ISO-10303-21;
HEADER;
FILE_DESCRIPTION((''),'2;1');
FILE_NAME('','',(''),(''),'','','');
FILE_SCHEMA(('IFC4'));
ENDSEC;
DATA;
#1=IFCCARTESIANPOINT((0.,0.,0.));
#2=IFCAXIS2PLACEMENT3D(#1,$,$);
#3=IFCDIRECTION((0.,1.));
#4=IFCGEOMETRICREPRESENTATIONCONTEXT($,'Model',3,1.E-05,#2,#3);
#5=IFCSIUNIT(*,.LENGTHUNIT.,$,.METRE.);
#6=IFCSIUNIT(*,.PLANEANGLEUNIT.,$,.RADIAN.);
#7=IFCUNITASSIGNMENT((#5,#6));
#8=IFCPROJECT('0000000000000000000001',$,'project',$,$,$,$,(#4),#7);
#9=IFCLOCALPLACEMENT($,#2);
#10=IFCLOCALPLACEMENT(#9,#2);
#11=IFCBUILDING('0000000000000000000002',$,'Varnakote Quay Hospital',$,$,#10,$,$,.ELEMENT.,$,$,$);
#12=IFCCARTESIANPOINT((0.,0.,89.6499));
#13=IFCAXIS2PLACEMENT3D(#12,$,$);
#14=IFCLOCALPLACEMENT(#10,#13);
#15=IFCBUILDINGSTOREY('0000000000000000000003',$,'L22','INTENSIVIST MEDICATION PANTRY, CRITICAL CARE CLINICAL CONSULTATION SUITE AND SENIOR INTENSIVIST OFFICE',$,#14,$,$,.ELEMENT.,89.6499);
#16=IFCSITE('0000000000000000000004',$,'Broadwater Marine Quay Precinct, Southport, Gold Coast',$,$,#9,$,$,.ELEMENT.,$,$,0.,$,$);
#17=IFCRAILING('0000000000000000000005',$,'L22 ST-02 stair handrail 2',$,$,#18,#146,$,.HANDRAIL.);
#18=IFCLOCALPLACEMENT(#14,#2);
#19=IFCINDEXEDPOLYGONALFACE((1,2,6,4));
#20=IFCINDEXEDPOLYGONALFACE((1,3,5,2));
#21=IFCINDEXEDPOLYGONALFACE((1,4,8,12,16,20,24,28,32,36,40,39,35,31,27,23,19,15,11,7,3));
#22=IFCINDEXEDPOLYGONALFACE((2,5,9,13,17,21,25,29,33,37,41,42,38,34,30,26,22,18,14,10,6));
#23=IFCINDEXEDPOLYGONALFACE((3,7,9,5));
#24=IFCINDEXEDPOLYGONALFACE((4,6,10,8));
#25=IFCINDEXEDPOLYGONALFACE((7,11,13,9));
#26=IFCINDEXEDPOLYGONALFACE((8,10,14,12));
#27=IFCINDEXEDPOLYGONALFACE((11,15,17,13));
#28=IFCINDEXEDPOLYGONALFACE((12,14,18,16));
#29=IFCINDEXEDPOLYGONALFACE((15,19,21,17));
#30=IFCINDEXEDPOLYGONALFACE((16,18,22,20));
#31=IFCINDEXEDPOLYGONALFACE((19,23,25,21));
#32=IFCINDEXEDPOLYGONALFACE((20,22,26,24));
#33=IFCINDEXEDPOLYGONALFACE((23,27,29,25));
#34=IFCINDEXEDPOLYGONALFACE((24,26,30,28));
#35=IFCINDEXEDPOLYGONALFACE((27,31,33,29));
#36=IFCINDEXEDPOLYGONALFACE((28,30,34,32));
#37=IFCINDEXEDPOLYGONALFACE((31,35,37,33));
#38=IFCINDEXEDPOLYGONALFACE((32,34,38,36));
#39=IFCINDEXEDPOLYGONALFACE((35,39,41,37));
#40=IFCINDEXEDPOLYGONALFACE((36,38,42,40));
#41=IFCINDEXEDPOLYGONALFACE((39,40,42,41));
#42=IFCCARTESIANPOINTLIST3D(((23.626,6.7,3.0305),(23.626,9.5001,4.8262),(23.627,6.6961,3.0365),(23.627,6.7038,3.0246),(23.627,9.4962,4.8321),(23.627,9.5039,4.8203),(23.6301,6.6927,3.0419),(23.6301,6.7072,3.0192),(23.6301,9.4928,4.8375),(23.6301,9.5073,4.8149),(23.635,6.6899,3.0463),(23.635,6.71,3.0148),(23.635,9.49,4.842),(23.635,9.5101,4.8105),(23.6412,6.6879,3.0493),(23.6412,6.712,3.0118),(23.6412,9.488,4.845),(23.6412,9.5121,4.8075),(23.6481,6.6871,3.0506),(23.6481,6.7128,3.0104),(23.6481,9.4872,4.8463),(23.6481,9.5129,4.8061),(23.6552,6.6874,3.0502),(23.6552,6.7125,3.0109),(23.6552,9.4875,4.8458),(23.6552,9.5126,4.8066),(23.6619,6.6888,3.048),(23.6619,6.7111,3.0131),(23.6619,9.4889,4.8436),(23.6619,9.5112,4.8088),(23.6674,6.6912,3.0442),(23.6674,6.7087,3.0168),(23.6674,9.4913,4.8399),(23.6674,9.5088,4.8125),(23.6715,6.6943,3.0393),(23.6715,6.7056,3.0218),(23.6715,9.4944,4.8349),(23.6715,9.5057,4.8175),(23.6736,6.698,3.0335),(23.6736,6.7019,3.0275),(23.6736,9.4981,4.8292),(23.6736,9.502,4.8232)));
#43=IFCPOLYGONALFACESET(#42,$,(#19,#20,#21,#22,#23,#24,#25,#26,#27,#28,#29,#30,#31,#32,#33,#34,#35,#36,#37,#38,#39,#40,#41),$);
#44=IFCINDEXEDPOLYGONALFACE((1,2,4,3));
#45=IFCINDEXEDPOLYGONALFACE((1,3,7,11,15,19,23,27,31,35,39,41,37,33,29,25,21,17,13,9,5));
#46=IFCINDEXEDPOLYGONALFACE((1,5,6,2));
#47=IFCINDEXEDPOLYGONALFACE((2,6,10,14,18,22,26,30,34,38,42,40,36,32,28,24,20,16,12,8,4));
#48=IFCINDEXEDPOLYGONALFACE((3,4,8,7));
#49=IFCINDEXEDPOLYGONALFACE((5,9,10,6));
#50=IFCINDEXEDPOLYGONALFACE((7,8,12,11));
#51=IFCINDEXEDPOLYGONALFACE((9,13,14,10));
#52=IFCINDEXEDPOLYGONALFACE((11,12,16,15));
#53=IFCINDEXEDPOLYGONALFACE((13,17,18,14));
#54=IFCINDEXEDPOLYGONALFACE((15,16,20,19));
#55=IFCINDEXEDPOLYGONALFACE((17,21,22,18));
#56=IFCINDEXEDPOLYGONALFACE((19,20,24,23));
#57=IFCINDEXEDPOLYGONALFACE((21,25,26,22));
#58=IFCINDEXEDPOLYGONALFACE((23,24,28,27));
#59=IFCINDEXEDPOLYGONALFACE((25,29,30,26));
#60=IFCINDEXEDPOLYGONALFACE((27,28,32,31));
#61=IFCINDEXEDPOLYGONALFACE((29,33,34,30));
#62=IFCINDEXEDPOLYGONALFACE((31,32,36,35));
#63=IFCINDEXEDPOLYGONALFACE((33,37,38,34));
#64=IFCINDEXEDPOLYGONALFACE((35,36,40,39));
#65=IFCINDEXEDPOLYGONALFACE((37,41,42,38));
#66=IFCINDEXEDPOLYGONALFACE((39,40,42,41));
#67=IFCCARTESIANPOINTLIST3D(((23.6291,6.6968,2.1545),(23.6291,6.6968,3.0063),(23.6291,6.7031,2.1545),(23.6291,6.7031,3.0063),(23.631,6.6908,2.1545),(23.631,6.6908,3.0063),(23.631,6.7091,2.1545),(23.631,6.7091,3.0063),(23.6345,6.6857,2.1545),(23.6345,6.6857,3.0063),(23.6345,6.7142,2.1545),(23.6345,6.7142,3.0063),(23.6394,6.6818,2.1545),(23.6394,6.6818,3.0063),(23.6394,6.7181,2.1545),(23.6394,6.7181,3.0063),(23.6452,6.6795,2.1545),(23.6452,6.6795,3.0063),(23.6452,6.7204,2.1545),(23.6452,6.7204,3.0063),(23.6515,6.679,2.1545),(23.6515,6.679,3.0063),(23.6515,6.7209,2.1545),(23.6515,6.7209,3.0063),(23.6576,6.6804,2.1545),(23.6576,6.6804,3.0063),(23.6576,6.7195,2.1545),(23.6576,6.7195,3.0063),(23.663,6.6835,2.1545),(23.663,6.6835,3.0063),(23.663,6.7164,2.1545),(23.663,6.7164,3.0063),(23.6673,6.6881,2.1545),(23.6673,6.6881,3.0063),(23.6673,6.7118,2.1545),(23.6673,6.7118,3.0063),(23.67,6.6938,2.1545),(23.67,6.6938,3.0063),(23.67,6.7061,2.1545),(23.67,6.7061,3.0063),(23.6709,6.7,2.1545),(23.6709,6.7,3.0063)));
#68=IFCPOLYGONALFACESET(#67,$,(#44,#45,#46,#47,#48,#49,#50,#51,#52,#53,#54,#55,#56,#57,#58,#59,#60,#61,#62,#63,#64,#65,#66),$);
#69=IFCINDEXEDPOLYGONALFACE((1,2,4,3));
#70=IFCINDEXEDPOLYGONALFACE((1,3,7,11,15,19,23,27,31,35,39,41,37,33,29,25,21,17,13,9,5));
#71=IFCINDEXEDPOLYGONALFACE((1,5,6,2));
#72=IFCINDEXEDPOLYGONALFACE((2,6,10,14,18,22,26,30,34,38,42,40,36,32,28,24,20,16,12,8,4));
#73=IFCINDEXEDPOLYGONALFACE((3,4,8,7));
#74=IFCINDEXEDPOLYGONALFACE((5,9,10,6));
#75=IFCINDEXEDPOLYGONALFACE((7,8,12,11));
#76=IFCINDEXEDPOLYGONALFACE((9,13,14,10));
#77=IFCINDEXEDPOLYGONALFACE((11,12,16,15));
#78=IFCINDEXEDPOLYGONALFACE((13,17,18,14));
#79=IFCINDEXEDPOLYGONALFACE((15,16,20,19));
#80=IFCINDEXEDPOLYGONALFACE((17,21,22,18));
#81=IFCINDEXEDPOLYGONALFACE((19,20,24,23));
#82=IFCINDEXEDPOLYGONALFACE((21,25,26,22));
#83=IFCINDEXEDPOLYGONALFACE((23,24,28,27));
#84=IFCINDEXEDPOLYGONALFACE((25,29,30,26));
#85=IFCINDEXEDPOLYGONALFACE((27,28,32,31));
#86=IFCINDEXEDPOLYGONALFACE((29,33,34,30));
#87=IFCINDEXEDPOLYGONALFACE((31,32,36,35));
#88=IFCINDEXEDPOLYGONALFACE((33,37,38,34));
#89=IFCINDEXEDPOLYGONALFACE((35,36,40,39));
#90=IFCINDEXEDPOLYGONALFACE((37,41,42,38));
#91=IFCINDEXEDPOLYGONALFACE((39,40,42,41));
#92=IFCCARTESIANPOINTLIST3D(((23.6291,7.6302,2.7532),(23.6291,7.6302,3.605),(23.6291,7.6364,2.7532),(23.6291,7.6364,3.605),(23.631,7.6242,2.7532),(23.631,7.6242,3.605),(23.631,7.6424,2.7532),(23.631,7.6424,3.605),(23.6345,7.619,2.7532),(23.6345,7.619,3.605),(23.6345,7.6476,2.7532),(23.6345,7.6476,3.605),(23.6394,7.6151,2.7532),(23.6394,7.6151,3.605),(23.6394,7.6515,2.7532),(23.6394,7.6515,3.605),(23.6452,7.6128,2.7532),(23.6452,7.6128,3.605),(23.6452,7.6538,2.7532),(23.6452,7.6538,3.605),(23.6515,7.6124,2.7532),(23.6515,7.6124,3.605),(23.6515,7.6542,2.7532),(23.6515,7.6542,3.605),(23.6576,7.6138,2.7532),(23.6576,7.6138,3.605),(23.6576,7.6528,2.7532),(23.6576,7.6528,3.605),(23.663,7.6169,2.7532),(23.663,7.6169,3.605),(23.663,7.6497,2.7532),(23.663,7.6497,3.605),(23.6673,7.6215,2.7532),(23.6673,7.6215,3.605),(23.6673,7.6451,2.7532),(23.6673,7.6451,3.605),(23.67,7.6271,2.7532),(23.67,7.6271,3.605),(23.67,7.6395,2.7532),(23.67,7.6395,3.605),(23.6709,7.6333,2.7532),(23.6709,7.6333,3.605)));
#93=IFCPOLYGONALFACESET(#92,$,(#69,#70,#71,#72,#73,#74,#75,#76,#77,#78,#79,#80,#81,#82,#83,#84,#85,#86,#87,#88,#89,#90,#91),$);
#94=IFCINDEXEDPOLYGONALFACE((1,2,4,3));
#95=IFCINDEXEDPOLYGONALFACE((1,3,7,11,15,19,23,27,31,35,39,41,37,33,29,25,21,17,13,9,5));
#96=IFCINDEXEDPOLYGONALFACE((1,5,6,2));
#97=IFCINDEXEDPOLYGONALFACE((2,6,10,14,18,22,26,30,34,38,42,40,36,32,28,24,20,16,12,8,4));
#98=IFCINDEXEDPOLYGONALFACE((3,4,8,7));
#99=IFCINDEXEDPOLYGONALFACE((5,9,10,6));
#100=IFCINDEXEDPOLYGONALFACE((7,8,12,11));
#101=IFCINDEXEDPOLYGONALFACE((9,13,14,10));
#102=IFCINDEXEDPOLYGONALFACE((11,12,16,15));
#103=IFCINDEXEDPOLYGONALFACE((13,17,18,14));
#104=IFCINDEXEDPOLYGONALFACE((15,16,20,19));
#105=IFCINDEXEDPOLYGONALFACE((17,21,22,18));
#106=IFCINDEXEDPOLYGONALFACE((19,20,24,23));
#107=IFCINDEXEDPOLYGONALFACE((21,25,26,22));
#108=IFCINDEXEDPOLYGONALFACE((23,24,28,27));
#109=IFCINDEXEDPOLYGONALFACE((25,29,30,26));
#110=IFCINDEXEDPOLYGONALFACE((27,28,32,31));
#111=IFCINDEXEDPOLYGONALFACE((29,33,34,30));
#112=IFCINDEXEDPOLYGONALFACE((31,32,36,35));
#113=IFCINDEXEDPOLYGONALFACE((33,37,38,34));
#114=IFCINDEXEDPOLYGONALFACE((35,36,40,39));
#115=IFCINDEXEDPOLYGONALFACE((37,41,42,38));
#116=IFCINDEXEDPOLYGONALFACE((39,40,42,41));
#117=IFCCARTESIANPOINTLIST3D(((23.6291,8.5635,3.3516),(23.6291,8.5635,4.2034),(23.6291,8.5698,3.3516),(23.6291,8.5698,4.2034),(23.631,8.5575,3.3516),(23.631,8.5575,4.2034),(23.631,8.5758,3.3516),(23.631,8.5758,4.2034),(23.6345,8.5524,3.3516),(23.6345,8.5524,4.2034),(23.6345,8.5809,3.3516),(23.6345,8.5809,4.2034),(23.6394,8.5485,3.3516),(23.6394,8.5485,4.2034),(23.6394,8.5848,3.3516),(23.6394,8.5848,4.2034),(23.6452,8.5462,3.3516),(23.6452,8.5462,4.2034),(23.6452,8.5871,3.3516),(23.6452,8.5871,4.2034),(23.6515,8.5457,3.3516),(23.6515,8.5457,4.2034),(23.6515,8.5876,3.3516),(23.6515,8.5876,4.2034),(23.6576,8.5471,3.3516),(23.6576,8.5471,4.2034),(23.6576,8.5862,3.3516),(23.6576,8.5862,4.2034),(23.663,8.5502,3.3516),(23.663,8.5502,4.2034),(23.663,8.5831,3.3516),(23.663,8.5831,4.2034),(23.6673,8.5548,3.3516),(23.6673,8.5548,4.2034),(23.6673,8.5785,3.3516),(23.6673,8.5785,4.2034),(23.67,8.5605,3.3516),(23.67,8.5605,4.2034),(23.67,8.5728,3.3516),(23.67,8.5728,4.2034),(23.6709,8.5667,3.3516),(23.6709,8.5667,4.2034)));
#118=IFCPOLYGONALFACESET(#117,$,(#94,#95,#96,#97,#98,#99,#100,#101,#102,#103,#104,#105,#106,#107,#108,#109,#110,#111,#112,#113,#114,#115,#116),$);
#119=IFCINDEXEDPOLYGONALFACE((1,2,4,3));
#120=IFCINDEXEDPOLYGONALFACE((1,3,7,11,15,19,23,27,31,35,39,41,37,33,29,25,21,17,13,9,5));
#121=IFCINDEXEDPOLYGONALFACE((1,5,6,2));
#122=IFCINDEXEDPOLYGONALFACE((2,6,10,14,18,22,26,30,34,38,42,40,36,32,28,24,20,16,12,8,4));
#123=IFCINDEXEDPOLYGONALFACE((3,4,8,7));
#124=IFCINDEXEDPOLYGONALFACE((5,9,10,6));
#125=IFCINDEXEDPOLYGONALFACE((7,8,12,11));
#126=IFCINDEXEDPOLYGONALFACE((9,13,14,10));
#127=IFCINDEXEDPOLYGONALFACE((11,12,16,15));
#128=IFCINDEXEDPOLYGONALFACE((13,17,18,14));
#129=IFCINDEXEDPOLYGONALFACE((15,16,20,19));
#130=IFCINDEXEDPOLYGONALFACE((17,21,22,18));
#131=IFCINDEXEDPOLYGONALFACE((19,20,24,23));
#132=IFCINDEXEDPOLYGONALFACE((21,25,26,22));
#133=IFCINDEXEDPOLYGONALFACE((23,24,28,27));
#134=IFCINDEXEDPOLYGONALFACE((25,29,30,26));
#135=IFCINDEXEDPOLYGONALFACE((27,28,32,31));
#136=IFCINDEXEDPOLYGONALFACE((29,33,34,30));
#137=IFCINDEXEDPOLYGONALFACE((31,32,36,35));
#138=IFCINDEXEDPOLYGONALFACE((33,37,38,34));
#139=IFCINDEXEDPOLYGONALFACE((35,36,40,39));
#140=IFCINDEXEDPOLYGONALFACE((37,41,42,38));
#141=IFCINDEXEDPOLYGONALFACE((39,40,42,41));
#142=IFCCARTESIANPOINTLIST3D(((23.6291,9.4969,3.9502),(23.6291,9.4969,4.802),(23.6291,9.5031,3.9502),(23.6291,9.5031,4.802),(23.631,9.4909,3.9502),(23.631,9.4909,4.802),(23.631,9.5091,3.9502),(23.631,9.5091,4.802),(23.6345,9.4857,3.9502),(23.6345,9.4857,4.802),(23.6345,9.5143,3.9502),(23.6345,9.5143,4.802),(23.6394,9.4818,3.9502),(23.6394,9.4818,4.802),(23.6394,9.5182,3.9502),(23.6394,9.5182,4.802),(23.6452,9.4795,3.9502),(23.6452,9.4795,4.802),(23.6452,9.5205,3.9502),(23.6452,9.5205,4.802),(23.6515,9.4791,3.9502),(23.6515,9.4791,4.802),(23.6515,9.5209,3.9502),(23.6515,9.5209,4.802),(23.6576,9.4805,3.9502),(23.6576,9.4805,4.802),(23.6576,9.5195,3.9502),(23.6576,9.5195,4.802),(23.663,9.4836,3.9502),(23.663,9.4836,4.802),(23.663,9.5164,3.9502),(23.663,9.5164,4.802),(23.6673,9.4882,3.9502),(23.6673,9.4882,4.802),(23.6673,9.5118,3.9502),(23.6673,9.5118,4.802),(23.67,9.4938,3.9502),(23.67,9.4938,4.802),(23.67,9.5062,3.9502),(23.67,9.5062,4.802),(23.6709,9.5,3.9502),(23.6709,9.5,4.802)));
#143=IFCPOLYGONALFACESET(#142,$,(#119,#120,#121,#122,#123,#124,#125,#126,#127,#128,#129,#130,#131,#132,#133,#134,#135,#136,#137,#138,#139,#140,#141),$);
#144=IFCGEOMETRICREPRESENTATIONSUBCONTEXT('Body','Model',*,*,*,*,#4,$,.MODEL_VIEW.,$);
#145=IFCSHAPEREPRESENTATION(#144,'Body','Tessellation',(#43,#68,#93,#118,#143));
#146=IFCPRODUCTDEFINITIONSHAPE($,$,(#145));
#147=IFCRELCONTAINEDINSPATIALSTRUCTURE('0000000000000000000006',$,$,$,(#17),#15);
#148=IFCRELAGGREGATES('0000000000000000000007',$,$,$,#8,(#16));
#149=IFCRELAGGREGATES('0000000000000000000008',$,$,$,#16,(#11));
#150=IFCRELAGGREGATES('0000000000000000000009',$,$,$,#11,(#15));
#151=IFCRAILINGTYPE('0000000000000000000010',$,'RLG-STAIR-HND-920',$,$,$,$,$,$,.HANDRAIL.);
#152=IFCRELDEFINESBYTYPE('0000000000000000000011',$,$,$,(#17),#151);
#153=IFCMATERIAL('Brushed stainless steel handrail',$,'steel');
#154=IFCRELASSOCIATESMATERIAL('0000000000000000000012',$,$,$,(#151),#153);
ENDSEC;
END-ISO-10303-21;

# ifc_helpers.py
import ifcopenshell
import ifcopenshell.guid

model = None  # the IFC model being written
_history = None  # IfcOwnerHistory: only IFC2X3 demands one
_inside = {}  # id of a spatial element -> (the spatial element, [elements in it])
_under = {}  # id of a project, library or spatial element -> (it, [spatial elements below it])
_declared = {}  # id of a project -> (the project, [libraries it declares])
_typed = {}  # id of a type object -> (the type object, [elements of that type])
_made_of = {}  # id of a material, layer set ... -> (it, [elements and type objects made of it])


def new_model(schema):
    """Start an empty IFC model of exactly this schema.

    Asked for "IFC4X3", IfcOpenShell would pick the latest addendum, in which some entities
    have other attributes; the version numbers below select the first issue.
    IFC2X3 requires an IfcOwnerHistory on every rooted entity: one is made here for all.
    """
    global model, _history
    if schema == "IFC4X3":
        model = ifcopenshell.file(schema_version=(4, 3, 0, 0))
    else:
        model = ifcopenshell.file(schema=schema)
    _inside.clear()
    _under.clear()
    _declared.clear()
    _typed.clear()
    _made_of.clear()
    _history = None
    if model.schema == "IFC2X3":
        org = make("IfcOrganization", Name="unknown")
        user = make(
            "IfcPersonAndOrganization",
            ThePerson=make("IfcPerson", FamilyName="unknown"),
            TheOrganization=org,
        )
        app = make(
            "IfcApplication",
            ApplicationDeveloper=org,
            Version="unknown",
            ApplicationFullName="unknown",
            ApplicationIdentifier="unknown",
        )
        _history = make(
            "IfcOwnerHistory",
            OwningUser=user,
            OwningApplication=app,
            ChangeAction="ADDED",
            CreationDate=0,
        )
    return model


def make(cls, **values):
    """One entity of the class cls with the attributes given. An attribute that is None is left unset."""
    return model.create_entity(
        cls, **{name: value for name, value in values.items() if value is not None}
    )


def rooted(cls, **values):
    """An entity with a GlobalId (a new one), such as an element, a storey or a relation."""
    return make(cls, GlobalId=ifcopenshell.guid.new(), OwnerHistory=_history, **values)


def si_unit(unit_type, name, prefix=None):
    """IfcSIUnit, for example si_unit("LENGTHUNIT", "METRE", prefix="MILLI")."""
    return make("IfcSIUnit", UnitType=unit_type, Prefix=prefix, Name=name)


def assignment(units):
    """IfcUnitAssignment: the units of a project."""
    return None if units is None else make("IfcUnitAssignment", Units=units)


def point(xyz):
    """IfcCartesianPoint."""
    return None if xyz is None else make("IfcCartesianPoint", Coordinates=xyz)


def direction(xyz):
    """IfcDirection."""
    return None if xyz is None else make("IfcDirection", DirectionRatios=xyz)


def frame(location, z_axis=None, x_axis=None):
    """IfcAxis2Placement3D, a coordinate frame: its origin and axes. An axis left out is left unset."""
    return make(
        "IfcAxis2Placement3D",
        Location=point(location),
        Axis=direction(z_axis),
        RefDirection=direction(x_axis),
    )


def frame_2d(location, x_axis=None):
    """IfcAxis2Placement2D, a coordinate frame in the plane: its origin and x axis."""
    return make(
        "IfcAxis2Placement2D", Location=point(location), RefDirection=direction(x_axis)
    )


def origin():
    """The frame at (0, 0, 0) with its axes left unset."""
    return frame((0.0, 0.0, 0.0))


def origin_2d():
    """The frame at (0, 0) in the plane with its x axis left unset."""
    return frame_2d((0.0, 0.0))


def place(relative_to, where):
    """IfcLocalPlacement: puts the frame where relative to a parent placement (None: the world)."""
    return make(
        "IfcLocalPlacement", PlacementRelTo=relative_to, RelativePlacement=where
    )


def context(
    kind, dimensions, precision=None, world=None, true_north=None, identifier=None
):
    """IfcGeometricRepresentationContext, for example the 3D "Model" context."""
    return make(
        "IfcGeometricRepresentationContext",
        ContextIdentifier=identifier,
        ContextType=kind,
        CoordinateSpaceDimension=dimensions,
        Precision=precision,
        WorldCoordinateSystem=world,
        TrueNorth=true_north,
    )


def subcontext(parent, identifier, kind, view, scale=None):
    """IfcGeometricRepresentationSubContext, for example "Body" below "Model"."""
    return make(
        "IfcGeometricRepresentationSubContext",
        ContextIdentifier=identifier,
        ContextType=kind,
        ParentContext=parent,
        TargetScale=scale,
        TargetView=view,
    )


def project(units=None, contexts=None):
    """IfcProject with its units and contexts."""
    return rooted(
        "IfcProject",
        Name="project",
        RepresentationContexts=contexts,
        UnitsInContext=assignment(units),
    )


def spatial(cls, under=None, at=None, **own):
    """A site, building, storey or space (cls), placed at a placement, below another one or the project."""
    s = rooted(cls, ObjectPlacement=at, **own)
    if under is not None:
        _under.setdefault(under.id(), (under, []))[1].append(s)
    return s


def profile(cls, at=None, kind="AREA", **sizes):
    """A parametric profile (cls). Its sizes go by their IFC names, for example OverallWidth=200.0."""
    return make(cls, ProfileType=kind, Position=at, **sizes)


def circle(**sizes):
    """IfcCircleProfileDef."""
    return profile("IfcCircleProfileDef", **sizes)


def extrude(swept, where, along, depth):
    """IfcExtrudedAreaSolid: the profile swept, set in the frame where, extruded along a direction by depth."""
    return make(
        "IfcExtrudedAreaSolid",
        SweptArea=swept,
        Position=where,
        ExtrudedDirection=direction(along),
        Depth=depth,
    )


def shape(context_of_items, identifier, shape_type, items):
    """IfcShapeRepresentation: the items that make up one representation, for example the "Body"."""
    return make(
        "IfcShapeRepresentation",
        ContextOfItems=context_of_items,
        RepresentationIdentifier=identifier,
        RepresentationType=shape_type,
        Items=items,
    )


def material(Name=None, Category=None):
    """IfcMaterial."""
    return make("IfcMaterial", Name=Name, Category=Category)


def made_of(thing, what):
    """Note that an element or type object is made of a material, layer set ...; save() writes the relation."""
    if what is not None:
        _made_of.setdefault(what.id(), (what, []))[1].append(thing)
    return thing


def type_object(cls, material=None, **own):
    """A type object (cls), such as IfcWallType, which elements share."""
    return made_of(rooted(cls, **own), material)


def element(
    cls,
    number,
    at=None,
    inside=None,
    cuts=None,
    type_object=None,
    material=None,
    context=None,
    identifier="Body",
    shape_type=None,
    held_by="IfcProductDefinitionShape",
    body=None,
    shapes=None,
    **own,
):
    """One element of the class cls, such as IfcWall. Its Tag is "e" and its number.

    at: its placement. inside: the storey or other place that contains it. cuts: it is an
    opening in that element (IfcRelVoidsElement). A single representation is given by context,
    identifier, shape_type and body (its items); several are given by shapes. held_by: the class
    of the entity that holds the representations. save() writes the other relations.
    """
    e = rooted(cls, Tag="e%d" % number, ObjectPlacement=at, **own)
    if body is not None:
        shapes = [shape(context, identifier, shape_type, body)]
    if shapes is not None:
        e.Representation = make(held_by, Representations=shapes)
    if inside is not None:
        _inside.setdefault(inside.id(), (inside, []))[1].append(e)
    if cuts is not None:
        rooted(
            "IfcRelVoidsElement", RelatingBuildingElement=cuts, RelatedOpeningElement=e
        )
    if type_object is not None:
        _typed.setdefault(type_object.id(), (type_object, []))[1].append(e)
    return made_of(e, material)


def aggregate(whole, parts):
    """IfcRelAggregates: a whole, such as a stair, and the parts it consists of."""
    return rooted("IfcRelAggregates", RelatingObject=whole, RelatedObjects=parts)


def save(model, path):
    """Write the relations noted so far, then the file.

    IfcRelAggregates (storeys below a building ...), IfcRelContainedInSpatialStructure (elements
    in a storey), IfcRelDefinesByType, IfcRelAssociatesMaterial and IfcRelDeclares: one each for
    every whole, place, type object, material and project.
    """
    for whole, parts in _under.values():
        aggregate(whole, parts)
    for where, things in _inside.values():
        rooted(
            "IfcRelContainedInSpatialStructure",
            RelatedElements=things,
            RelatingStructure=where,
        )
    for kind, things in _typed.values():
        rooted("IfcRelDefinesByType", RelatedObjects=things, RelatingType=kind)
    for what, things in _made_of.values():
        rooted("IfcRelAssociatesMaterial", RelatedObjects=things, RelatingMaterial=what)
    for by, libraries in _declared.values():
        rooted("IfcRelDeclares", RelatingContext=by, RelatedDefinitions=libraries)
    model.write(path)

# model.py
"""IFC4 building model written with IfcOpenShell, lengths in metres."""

from ifc_helpers import new_model, si_unit, direction, frame, origin, origin_2d, place, context, subcontext, project, spatial, circle, extrude, material, type_object, element, save


model = new_model("IFC4")

# Units and contexts
model_context = context("Model", 3, precision=1e-05, world=origin(), true_north=direction((0.0, 1.0)))
body_context = subcontext(model_context, "Body", "Model", "MODEL_VIEW")
ifc_project = project(units=[si_unit("LENGTHUNIT", "METRE"), si_unit("PLANEANGLEUNIT", "RADIAN")], contexts=[model_context])

# Site, building, storey
site_placement = place(None, origin())
site = spatial("IfcSite", under=ifc_project, at=site_placement, Name="Broadwater Marine Quay Precinct, Southport, Gold Coast", CompositionType="ELEMENT", RefElevation=0.0)
building_placement = place(site_placement, origin())
building = spatial("IfcBuilding", under=site, at=building_placement, Name="Varnakote Quay Hospital", CompositionType="ELEMENT")
storey_placement = place(building_placement, frame((0.0, 0.0, 89.6499)))
storey = spatial("IfcBuildingStorey", under=building, at=storey_placement, Name="L22", Description="INTENSIVIST MEDICATION PANTRY, CRITICAL CARE CLINICAL CONSULTATION SUITE AND SENIOR INTENSIVIST OFFICE", CompositionType="ELEMENT", Elevation=89.6499)

# Railing
ifc_material_1 = material(Name="Brushed stainless steel handrail", Category="steel")
railing_type_1 = type_object("IfcRailingType", Name="RLG-STAIR-HND-920", PredefinedType="HANDRAIL", material=ifc_material_1)
railing_1_placement = place(storey_placement, frame((23.6499, 6.7, 2.1545)))
element("IfcRailing", 1, at=railing_1_placement, inside=storey, type_object=railing_type_1, Name="L22 ST-02 stair handrail 2", PredefinedType="HANDRAIL", context=body_context, shape_type="SweptSolid", body=[
    extrude(circle(Radius=0.0239, at=origin_2d()), frame((0.0, 0.0, 0.876), z_axis=(0.0, 0.841777, 0.539826), x_axis=(-1.0, 0.0, 0.0)), (0.0, 0.0, 1.0), 3.3264),
    extrude(circle(Radius=0.021, at=origin_2d()), origin(), (0.0, 0.0, 1.0), 0.8518),
    extrude(circle(Radius=0.021, at=origin_2d()), frame((0.0, 0.9333, 0.5986)), (0.0, 0.0, 1.0), 0.8518),
    extrude(circle(Radius=0.021, at=origin_2d()), frame((0.0, 1.8667, 1.197)), (0.0, 0.0, 1.0), 0.8518),
    extrude(circle(Radius=0.021, at=origin_2d()), frame((0.0, 2.8, 1.7957)), (0.0, 0.0, 1.0), 0.8518),
])

save(model, "model.ifc")
